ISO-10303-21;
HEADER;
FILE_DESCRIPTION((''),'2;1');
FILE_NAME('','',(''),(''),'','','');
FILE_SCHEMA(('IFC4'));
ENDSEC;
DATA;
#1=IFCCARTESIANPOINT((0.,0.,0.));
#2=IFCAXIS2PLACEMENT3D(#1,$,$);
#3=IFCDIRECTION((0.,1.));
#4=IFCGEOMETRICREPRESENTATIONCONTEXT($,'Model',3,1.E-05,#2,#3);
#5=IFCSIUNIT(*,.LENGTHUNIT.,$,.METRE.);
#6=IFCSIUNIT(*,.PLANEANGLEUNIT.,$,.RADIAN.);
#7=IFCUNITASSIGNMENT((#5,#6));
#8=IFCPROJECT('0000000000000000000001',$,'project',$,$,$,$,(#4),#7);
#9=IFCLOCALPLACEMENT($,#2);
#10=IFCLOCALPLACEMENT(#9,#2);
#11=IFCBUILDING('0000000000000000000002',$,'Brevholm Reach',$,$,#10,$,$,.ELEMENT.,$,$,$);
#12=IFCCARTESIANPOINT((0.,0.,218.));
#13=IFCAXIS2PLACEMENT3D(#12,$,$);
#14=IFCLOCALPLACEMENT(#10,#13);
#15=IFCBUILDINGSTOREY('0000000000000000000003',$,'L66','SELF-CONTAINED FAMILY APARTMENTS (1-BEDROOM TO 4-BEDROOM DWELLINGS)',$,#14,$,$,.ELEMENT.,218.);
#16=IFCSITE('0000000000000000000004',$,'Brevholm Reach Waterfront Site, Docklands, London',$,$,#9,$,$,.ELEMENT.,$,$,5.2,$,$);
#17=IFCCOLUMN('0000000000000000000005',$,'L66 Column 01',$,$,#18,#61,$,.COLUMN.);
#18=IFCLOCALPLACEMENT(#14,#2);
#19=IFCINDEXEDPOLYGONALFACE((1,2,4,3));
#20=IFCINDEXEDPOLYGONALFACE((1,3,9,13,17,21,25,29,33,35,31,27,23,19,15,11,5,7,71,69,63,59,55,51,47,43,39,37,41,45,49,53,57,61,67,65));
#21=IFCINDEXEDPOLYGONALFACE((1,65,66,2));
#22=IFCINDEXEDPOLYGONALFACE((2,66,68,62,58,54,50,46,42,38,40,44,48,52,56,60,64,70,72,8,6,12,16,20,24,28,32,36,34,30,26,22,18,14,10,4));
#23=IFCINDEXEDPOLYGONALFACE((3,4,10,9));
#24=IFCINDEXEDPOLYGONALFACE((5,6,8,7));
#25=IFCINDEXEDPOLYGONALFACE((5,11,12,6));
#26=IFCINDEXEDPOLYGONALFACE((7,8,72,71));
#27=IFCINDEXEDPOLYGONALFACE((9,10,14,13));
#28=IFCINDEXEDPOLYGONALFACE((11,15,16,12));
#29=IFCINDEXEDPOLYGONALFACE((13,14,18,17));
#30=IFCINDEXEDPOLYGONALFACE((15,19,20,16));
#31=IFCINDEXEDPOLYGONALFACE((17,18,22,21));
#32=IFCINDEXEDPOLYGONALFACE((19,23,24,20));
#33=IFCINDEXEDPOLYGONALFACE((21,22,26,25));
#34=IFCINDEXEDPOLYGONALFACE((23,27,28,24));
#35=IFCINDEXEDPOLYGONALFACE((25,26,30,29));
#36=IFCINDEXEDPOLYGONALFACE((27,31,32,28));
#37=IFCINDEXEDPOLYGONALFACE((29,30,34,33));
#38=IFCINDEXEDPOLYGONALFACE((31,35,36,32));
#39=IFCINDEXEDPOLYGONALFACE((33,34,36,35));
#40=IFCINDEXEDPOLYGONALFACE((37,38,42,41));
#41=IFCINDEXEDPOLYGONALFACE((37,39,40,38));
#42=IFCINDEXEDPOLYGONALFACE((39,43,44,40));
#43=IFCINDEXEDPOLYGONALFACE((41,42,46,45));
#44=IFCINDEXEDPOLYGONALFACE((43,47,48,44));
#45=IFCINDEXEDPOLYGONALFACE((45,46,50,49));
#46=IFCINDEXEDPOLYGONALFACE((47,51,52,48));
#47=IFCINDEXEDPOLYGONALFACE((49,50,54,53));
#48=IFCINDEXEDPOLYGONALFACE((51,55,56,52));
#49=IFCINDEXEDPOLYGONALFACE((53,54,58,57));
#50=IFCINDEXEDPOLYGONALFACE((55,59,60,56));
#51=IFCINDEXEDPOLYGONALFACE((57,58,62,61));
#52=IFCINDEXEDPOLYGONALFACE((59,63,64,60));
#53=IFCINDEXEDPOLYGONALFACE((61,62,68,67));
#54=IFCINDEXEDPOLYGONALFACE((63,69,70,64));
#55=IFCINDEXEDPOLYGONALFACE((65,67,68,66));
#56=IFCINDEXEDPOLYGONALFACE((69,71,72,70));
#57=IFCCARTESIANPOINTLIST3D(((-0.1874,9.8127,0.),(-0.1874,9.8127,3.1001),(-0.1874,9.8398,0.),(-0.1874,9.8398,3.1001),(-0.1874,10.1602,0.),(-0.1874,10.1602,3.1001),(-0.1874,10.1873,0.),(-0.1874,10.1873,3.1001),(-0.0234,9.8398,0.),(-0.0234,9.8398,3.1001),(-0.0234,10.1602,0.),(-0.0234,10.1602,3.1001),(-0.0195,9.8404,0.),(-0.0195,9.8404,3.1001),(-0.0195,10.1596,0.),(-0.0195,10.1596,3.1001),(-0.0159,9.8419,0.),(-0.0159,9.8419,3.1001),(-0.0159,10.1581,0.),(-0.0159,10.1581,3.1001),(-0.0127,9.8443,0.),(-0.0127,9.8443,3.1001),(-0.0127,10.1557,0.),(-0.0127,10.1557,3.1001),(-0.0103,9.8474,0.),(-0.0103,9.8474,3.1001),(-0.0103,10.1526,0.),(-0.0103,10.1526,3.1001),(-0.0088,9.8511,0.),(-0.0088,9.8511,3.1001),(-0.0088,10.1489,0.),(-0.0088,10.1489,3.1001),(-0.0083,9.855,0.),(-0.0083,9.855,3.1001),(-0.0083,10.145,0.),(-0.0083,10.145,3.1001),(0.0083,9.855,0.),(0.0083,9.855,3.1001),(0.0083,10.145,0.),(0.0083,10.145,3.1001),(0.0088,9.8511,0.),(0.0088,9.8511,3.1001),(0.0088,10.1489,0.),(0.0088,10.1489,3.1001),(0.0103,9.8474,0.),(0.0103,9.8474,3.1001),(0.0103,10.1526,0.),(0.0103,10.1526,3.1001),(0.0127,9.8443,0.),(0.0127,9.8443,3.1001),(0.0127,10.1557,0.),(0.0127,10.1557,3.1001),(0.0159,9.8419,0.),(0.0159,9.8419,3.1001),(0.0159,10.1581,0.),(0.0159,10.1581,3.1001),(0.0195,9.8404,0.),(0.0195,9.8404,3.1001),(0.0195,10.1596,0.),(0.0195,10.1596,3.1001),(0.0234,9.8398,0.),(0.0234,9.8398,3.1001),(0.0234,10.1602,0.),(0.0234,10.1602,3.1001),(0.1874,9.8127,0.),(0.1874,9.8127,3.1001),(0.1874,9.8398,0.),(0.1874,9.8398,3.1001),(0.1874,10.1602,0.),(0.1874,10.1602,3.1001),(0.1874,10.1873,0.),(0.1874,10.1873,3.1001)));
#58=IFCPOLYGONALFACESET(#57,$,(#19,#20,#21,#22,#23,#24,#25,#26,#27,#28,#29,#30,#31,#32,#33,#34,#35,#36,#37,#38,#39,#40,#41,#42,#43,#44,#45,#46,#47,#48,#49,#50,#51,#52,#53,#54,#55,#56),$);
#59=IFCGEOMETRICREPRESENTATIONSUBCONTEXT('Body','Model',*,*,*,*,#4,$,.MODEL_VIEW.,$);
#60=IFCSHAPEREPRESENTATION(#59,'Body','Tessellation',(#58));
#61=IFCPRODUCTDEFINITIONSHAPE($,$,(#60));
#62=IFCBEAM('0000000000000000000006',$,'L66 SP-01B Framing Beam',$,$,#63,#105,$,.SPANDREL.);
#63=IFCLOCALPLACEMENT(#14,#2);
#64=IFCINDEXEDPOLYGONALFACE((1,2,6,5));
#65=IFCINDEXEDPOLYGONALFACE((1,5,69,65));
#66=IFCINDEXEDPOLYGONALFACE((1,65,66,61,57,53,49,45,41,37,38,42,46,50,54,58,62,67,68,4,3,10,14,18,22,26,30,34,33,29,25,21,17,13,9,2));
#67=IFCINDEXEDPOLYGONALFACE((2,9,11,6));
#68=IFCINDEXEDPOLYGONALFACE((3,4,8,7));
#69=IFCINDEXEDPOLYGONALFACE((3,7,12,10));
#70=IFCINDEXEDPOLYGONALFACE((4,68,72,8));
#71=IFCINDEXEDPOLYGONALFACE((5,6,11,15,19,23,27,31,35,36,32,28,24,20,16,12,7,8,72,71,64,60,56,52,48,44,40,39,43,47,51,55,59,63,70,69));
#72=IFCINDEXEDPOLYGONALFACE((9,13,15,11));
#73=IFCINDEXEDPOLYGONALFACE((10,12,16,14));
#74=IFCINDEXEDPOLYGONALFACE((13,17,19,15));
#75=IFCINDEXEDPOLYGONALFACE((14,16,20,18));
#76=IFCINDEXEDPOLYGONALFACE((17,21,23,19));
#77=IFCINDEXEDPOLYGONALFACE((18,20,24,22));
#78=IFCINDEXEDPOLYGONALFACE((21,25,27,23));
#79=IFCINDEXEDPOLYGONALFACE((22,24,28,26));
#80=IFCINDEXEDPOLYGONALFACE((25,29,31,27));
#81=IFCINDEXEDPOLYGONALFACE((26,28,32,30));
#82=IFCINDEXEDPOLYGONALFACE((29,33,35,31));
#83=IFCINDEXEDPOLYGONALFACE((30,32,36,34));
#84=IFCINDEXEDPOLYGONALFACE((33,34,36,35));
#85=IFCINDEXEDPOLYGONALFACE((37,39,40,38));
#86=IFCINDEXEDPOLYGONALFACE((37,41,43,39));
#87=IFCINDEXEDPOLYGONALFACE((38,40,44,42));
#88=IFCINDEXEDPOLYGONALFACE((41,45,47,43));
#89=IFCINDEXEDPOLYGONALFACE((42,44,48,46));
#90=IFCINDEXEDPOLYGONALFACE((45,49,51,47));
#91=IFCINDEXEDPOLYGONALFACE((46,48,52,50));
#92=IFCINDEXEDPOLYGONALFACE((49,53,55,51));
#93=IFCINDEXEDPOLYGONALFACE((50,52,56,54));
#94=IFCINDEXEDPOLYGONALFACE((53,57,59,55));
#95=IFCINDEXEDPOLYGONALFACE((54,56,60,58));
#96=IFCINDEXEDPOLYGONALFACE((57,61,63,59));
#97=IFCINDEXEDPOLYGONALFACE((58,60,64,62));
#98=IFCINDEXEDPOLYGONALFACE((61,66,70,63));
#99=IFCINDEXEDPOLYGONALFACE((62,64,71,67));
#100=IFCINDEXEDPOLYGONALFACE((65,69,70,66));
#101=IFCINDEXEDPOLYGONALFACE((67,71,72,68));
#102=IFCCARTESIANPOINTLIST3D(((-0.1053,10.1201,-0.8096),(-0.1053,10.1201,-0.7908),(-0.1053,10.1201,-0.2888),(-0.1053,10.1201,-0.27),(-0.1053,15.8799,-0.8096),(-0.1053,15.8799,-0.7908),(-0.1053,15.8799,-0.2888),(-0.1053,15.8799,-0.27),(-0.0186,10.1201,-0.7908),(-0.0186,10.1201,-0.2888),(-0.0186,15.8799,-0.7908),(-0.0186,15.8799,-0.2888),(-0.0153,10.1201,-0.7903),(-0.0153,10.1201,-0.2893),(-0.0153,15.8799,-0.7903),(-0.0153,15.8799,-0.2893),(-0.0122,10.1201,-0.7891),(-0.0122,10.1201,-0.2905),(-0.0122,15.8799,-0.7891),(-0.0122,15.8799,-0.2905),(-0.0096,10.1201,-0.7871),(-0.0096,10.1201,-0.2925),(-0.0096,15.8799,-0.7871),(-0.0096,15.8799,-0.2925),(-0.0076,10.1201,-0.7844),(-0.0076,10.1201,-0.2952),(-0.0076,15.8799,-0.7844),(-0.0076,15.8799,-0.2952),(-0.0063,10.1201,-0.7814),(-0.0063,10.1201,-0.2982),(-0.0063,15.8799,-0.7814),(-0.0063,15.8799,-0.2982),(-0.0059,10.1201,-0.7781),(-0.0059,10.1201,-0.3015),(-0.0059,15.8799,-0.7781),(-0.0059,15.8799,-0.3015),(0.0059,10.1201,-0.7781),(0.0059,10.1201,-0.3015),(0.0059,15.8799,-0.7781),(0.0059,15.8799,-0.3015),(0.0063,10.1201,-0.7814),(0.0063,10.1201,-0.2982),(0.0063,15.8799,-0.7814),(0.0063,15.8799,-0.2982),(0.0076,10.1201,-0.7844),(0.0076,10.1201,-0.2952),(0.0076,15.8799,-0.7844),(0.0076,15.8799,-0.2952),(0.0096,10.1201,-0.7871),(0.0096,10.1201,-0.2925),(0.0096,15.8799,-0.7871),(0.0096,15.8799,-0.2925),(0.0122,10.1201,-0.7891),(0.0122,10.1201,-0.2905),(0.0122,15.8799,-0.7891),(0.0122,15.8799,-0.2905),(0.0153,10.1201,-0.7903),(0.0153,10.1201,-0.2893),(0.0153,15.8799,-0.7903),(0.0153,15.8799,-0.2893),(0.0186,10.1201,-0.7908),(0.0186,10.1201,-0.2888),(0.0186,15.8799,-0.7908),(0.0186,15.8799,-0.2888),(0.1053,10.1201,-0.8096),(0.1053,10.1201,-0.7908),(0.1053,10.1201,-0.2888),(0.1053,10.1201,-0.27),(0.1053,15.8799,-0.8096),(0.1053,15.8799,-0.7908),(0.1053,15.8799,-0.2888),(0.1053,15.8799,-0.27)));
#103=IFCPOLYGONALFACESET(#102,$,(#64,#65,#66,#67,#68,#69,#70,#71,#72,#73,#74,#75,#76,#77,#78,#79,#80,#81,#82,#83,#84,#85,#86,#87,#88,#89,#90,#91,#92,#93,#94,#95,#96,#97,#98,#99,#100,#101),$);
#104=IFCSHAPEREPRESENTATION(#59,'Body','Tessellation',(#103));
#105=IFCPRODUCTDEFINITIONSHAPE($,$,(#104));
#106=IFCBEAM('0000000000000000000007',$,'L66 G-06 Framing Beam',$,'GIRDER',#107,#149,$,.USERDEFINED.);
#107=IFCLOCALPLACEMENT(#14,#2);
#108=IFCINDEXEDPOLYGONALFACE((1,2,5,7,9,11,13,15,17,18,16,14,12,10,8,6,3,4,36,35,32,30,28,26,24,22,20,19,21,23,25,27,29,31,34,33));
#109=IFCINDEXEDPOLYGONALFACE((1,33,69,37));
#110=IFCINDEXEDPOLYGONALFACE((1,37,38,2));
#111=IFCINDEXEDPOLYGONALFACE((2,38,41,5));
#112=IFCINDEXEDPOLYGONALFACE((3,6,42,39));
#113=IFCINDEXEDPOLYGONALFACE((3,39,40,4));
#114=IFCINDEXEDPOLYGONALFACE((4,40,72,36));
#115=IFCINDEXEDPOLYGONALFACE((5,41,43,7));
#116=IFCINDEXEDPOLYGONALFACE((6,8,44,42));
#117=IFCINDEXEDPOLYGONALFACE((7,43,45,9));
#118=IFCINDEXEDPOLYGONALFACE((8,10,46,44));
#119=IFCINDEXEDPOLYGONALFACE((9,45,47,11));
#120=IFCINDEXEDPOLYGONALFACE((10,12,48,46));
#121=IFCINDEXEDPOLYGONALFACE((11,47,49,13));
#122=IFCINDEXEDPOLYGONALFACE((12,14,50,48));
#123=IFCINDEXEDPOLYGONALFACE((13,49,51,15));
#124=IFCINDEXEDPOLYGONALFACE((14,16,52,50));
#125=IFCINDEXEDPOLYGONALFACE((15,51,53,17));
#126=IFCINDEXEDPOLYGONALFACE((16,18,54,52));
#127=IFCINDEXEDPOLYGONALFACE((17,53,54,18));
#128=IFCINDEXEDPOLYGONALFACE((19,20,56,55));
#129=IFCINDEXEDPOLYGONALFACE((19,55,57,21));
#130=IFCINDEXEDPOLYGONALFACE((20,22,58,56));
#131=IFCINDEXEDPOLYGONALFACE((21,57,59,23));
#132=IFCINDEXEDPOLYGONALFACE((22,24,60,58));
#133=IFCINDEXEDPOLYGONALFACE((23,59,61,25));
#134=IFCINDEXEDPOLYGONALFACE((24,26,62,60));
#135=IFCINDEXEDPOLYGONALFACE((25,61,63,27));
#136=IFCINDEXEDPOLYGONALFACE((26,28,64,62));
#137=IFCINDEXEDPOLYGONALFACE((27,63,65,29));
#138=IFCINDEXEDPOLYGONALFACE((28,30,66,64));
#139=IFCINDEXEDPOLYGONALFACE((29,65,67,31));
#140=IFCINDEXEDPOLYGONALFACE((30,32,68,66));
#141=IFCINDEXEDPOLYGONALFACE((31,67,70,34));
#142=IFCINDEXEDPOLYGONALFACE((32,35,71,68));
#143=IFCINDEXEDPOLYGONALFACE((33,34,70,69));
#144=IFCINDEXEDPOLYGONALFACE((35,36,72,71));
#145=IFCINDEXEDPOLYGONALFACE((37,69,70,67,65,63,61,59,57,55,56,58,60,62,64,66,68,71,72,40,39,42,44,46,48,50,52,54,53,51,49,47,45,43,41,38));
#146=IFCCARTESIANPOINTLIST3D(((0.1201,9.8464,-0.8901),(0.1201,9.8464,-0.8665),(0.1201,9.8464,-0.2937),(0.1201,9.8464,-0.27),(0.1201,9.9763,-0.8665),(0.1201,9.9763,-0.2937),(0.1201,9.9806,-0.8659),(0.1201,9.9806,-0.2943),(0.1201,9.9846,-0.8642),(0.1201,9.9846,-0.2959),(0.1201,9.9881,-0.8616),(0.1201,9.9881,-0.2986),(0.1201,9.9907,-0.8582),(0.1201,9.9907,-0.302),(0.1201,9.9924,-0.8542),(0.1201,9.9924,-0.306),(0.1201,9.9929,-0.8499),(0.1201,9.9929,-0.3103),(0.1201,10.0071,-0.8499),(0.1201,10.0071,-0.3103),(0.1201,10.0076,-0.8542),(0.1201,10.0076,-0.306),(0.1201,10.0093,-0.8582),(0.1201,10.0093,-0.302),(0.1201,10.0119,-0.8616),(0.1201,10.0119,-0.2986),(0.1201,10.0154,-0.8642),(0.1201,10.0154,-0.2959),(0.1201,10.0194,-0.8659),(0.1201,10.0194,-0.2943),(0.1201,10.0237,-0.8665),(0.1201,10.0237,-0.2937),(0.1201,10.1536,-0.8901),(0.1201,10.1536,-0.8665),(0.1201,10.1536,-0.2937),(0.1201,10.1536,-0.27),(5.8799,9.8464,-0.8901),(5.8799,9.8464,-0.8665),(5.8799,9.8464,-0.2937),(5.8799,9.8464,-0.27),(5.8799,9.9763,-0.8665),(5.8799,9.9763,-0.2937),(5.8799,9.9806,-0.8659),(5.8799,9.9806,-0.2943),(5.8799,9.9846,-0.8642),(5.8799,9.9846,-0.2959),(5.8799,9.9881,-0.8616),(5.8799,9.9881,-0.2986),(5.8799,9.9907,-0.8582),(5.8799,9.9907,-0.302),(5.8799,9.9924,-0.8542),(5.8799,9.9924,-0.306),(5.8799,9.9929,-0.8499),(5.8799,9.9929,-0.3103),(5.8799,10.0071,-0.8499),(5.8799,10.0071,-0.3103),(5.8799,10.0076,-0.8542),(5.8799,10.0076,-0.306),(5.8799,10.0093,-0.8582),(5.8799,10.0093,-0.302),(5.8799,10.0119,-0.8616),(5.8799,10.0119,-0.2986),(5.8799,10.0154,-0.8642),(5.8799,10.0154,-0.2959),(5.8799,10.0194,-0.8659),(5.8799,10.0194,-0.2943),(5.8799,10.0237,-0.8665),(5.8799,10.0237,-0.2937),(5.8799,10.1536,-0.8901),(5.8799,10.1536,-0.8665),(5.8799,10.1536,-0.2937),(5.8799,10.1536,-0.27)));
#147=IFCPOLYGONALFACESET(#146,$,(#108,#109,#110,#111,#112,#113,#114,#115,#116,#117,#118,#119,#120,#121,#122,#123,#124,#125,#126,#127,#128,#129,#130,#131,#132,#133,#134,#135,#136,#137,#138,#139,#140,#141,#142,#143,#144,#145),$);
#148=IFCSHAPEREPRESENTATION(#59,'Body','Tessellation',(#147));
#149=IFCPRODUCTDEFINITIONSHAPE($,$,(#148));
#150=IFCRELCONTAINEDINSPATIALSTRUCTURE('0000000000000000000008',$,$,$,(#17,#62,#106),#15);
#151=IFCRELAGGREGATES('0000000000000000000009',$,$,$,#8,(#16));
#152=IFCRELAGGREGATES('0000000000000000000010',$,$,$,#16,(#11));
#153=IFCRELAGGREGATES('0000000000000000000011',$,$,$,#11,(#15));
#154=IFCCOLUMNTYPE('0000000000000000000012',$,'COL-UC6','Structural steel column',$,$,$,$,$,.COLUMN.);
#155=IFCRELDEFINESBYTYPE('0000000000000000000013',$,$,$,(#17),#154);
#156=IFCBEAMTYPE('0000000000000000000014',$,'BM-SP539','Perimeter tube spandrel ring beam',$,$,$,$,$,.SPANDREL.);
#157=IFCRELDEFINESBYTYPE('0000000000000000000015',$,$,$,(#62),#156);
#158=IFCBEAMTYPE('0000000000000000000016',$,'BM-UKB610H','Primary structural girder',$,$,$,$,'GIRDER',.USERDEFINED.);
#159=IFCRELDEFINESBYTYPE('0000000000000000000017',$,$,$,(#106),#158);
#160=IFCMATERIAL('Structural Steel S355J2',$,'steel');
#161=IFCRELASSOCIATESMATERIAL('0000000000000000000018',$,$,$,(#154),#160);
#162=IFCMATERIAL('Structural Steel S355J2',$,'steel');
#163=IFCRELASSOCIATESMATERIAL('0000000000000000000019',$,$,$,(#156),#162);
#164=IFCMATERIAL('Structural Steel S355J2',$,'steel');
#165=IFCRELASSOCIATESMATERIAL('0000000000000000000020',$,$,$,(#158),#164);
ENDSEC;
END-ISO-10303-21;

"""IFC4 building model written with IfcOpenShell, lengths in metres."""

from ifc_helpers import new_model, si_unit, direction, frame, origin, origin_2d, place, context, subcontext, project, spatial, i_section, extrude, material, material_profile, profile_set, type_object, element, save


model = new_model("IFC4")

# Units and contexts
model_context = context("Model", 3, precision=1e-05, world=origin(), true_north=direction((0.0, 1.0)))
body_context = subcontext(model_context, "Body", "Model", "MODEL_VIEW")
ifc_project = project(units=[si_unit("LENGTHUNIT", "METRE"), si_unit("PLANEANGLEUNIT", "RADIAN")], contexts=[model_context])

# Site, building, storey
site_placement = place(None, origin())
site = spatial("IfcSite", under=ifc_project, at=site_placement, Name="Brevholm Reach Waterfront Site, Docklands, London", CompositionType="ELEMENT", RefElevation=5.2)
building_placement = place(site_placement, origin())
building = spatial("IfcBuilding", under=site, at=building_placement, Name="Brevholm Reach", CompositionType="ELEMENT")
storey_placement = place(building_placement, frame((0.0, 0.0, 218.0)))
storey = spatial("IfcBuildingStorey", under=building, at=storey_placement, Name="L66", Description="SELF-CONTAINED FAMILY APARTMENTS (1-BEDROOM TO 4-BEDROOM DWELLINGS)", CompositionType="ELEMENT", Elevation=218.0)

# Column
ifc_material_1 = material(Name="Structural Steel S355J2", Category="steel")
ifc_material_profile_1 = material_profile(ifc_material_1, i_section(OverallWidth=0.3748, OverallDepth=0.3745, WebThickness=0.0166, FlangeThickness=0.0271, FilletRadius=0.0151, at=origin_2d()), Name="UKC 356x368x202")
ifc_profile_set_1 = profile_set([ifc_material_profile_1], Name="Structural Steel S355J2")
column_type = type_object("IfcColumnType", Name="COL-UC6", Description="Structural steel column", PredefinedType="COLUMN", material=ifc_profile_set_1)
column_placement = place(storey_placement, frame((0.0, 10.0, 0.0), z_axis=(0.0, 0.0, 1.0), x_axis=(1.0, 0.0, 0.0)))
element("IfcColumn", 1, at=column_placement, inside=storey, type_object=column_type, Name="L66 Column 01", PredefinedType="COLUMN", context=body_context, shape_type="SweptSolid", body=[
    extrude(i_section(OverallWidth=0.3748, OverallDepth=0.3745, WebThickness=0.0166, FlangeThickness=0.0271, FilletRadius=0.0151, at=origin_2d()), origin(), (0.0, 0.0, 1.0), 3.1001),
])

# Beams
ifc_material_2 = material(Name="Structural Steel S355J2", Category="steel")
ifc_material_profile_2 = material_profile(ifc_material_2, i_section(OverallWidth=0.2107, OverallDepth=0.5396, WebThickness=0.0117, FlangeThickness=0.0188, FilletRadius=0.0127, at=origin_2d()), Name="UKB 533x210x109")
ifc_profile_set_2 = profile_set([ifc_material_profile_2], Name="Structural Steel S355J2")
beam_type_1 = type_object("IfcBeamType", Name="BM-SP539", Description="Perimeter tube spandrel ring beam", PredefinedType="SPANDREL", material=ifc_profile_set_2)
beam_1_placement = place(storey_placement, frame((0.0, 10.1201, -0.5398), z_axis=(0.0, 1.0, 0.0), x_axis=(-1.0, 0.0, 0.0)))
element("IfcBeam", 2, at=beam_1_placement, inside=storey, type_object=beam_type_1, Name="L66 SP-01B Framing Beam", PredefinedType="SPANDREL", context=body_context, shape_type="SweptSolid", body=[
    extrude(i_section(OverallWidth=0.2107, OverallDepth=0.5396, WebThickness=0.0117, FlangeThickness=0.0188, FilletRadius=0.0127, at=origin_2d()), origin(), (0.0, 0.0, 1.0), 5.7598),
])
ifc_material_3 = material(Name="Structural Steel S355J2", Category="steel")
ifc_material_profile_3 = material_profile(ifc_material_3, i_section(OverallWidth=0.3071, OverallDepth=0.6201, WebThickness=0.0142, FlangeThickness=0.0237, FilletRadius=0.0166, at=origin_2d()), Name="UKB 610x305x179")
ifc_profile_set_3 = profile_set([ifc_material_profile_3], Name="Structural Steel S355J2")
beam_type_2 = type_object("IfcBeamType", Name="BM-UKB610H", Description="Primary structural girder", ElementType="GIRDER", PredefinedType="USERDEFINED", material=ifc_profile_set_3)
beam_2_placement = place(storey_placement, frame((0.1201, 10.0, -0.5801), z_axis=(1.0, 0.0, 0.0), x_axis=(0.0, 1.0, 0.0)))
element("IfcBeam", 3, at=beam_2_placement, inside=storey, type_object=beam_type_2, Name="L66 G-06 Framing Beam", ObjectType="GIRDER", PredefinedType="USERDEFINED", context=body_context, shape_type="SweptSolid", body=[
    extrude(i_section(OverallWidth=0.3071, OverallDepth=0.6201, WebThickness=0.0142, FlangeThickness=0.0237, FilletRadius=0.0166, at=origin_2d()), origin(), (0.0, 0.0, 1.0), 5.7598),
])

save(model, "model.ifc")
